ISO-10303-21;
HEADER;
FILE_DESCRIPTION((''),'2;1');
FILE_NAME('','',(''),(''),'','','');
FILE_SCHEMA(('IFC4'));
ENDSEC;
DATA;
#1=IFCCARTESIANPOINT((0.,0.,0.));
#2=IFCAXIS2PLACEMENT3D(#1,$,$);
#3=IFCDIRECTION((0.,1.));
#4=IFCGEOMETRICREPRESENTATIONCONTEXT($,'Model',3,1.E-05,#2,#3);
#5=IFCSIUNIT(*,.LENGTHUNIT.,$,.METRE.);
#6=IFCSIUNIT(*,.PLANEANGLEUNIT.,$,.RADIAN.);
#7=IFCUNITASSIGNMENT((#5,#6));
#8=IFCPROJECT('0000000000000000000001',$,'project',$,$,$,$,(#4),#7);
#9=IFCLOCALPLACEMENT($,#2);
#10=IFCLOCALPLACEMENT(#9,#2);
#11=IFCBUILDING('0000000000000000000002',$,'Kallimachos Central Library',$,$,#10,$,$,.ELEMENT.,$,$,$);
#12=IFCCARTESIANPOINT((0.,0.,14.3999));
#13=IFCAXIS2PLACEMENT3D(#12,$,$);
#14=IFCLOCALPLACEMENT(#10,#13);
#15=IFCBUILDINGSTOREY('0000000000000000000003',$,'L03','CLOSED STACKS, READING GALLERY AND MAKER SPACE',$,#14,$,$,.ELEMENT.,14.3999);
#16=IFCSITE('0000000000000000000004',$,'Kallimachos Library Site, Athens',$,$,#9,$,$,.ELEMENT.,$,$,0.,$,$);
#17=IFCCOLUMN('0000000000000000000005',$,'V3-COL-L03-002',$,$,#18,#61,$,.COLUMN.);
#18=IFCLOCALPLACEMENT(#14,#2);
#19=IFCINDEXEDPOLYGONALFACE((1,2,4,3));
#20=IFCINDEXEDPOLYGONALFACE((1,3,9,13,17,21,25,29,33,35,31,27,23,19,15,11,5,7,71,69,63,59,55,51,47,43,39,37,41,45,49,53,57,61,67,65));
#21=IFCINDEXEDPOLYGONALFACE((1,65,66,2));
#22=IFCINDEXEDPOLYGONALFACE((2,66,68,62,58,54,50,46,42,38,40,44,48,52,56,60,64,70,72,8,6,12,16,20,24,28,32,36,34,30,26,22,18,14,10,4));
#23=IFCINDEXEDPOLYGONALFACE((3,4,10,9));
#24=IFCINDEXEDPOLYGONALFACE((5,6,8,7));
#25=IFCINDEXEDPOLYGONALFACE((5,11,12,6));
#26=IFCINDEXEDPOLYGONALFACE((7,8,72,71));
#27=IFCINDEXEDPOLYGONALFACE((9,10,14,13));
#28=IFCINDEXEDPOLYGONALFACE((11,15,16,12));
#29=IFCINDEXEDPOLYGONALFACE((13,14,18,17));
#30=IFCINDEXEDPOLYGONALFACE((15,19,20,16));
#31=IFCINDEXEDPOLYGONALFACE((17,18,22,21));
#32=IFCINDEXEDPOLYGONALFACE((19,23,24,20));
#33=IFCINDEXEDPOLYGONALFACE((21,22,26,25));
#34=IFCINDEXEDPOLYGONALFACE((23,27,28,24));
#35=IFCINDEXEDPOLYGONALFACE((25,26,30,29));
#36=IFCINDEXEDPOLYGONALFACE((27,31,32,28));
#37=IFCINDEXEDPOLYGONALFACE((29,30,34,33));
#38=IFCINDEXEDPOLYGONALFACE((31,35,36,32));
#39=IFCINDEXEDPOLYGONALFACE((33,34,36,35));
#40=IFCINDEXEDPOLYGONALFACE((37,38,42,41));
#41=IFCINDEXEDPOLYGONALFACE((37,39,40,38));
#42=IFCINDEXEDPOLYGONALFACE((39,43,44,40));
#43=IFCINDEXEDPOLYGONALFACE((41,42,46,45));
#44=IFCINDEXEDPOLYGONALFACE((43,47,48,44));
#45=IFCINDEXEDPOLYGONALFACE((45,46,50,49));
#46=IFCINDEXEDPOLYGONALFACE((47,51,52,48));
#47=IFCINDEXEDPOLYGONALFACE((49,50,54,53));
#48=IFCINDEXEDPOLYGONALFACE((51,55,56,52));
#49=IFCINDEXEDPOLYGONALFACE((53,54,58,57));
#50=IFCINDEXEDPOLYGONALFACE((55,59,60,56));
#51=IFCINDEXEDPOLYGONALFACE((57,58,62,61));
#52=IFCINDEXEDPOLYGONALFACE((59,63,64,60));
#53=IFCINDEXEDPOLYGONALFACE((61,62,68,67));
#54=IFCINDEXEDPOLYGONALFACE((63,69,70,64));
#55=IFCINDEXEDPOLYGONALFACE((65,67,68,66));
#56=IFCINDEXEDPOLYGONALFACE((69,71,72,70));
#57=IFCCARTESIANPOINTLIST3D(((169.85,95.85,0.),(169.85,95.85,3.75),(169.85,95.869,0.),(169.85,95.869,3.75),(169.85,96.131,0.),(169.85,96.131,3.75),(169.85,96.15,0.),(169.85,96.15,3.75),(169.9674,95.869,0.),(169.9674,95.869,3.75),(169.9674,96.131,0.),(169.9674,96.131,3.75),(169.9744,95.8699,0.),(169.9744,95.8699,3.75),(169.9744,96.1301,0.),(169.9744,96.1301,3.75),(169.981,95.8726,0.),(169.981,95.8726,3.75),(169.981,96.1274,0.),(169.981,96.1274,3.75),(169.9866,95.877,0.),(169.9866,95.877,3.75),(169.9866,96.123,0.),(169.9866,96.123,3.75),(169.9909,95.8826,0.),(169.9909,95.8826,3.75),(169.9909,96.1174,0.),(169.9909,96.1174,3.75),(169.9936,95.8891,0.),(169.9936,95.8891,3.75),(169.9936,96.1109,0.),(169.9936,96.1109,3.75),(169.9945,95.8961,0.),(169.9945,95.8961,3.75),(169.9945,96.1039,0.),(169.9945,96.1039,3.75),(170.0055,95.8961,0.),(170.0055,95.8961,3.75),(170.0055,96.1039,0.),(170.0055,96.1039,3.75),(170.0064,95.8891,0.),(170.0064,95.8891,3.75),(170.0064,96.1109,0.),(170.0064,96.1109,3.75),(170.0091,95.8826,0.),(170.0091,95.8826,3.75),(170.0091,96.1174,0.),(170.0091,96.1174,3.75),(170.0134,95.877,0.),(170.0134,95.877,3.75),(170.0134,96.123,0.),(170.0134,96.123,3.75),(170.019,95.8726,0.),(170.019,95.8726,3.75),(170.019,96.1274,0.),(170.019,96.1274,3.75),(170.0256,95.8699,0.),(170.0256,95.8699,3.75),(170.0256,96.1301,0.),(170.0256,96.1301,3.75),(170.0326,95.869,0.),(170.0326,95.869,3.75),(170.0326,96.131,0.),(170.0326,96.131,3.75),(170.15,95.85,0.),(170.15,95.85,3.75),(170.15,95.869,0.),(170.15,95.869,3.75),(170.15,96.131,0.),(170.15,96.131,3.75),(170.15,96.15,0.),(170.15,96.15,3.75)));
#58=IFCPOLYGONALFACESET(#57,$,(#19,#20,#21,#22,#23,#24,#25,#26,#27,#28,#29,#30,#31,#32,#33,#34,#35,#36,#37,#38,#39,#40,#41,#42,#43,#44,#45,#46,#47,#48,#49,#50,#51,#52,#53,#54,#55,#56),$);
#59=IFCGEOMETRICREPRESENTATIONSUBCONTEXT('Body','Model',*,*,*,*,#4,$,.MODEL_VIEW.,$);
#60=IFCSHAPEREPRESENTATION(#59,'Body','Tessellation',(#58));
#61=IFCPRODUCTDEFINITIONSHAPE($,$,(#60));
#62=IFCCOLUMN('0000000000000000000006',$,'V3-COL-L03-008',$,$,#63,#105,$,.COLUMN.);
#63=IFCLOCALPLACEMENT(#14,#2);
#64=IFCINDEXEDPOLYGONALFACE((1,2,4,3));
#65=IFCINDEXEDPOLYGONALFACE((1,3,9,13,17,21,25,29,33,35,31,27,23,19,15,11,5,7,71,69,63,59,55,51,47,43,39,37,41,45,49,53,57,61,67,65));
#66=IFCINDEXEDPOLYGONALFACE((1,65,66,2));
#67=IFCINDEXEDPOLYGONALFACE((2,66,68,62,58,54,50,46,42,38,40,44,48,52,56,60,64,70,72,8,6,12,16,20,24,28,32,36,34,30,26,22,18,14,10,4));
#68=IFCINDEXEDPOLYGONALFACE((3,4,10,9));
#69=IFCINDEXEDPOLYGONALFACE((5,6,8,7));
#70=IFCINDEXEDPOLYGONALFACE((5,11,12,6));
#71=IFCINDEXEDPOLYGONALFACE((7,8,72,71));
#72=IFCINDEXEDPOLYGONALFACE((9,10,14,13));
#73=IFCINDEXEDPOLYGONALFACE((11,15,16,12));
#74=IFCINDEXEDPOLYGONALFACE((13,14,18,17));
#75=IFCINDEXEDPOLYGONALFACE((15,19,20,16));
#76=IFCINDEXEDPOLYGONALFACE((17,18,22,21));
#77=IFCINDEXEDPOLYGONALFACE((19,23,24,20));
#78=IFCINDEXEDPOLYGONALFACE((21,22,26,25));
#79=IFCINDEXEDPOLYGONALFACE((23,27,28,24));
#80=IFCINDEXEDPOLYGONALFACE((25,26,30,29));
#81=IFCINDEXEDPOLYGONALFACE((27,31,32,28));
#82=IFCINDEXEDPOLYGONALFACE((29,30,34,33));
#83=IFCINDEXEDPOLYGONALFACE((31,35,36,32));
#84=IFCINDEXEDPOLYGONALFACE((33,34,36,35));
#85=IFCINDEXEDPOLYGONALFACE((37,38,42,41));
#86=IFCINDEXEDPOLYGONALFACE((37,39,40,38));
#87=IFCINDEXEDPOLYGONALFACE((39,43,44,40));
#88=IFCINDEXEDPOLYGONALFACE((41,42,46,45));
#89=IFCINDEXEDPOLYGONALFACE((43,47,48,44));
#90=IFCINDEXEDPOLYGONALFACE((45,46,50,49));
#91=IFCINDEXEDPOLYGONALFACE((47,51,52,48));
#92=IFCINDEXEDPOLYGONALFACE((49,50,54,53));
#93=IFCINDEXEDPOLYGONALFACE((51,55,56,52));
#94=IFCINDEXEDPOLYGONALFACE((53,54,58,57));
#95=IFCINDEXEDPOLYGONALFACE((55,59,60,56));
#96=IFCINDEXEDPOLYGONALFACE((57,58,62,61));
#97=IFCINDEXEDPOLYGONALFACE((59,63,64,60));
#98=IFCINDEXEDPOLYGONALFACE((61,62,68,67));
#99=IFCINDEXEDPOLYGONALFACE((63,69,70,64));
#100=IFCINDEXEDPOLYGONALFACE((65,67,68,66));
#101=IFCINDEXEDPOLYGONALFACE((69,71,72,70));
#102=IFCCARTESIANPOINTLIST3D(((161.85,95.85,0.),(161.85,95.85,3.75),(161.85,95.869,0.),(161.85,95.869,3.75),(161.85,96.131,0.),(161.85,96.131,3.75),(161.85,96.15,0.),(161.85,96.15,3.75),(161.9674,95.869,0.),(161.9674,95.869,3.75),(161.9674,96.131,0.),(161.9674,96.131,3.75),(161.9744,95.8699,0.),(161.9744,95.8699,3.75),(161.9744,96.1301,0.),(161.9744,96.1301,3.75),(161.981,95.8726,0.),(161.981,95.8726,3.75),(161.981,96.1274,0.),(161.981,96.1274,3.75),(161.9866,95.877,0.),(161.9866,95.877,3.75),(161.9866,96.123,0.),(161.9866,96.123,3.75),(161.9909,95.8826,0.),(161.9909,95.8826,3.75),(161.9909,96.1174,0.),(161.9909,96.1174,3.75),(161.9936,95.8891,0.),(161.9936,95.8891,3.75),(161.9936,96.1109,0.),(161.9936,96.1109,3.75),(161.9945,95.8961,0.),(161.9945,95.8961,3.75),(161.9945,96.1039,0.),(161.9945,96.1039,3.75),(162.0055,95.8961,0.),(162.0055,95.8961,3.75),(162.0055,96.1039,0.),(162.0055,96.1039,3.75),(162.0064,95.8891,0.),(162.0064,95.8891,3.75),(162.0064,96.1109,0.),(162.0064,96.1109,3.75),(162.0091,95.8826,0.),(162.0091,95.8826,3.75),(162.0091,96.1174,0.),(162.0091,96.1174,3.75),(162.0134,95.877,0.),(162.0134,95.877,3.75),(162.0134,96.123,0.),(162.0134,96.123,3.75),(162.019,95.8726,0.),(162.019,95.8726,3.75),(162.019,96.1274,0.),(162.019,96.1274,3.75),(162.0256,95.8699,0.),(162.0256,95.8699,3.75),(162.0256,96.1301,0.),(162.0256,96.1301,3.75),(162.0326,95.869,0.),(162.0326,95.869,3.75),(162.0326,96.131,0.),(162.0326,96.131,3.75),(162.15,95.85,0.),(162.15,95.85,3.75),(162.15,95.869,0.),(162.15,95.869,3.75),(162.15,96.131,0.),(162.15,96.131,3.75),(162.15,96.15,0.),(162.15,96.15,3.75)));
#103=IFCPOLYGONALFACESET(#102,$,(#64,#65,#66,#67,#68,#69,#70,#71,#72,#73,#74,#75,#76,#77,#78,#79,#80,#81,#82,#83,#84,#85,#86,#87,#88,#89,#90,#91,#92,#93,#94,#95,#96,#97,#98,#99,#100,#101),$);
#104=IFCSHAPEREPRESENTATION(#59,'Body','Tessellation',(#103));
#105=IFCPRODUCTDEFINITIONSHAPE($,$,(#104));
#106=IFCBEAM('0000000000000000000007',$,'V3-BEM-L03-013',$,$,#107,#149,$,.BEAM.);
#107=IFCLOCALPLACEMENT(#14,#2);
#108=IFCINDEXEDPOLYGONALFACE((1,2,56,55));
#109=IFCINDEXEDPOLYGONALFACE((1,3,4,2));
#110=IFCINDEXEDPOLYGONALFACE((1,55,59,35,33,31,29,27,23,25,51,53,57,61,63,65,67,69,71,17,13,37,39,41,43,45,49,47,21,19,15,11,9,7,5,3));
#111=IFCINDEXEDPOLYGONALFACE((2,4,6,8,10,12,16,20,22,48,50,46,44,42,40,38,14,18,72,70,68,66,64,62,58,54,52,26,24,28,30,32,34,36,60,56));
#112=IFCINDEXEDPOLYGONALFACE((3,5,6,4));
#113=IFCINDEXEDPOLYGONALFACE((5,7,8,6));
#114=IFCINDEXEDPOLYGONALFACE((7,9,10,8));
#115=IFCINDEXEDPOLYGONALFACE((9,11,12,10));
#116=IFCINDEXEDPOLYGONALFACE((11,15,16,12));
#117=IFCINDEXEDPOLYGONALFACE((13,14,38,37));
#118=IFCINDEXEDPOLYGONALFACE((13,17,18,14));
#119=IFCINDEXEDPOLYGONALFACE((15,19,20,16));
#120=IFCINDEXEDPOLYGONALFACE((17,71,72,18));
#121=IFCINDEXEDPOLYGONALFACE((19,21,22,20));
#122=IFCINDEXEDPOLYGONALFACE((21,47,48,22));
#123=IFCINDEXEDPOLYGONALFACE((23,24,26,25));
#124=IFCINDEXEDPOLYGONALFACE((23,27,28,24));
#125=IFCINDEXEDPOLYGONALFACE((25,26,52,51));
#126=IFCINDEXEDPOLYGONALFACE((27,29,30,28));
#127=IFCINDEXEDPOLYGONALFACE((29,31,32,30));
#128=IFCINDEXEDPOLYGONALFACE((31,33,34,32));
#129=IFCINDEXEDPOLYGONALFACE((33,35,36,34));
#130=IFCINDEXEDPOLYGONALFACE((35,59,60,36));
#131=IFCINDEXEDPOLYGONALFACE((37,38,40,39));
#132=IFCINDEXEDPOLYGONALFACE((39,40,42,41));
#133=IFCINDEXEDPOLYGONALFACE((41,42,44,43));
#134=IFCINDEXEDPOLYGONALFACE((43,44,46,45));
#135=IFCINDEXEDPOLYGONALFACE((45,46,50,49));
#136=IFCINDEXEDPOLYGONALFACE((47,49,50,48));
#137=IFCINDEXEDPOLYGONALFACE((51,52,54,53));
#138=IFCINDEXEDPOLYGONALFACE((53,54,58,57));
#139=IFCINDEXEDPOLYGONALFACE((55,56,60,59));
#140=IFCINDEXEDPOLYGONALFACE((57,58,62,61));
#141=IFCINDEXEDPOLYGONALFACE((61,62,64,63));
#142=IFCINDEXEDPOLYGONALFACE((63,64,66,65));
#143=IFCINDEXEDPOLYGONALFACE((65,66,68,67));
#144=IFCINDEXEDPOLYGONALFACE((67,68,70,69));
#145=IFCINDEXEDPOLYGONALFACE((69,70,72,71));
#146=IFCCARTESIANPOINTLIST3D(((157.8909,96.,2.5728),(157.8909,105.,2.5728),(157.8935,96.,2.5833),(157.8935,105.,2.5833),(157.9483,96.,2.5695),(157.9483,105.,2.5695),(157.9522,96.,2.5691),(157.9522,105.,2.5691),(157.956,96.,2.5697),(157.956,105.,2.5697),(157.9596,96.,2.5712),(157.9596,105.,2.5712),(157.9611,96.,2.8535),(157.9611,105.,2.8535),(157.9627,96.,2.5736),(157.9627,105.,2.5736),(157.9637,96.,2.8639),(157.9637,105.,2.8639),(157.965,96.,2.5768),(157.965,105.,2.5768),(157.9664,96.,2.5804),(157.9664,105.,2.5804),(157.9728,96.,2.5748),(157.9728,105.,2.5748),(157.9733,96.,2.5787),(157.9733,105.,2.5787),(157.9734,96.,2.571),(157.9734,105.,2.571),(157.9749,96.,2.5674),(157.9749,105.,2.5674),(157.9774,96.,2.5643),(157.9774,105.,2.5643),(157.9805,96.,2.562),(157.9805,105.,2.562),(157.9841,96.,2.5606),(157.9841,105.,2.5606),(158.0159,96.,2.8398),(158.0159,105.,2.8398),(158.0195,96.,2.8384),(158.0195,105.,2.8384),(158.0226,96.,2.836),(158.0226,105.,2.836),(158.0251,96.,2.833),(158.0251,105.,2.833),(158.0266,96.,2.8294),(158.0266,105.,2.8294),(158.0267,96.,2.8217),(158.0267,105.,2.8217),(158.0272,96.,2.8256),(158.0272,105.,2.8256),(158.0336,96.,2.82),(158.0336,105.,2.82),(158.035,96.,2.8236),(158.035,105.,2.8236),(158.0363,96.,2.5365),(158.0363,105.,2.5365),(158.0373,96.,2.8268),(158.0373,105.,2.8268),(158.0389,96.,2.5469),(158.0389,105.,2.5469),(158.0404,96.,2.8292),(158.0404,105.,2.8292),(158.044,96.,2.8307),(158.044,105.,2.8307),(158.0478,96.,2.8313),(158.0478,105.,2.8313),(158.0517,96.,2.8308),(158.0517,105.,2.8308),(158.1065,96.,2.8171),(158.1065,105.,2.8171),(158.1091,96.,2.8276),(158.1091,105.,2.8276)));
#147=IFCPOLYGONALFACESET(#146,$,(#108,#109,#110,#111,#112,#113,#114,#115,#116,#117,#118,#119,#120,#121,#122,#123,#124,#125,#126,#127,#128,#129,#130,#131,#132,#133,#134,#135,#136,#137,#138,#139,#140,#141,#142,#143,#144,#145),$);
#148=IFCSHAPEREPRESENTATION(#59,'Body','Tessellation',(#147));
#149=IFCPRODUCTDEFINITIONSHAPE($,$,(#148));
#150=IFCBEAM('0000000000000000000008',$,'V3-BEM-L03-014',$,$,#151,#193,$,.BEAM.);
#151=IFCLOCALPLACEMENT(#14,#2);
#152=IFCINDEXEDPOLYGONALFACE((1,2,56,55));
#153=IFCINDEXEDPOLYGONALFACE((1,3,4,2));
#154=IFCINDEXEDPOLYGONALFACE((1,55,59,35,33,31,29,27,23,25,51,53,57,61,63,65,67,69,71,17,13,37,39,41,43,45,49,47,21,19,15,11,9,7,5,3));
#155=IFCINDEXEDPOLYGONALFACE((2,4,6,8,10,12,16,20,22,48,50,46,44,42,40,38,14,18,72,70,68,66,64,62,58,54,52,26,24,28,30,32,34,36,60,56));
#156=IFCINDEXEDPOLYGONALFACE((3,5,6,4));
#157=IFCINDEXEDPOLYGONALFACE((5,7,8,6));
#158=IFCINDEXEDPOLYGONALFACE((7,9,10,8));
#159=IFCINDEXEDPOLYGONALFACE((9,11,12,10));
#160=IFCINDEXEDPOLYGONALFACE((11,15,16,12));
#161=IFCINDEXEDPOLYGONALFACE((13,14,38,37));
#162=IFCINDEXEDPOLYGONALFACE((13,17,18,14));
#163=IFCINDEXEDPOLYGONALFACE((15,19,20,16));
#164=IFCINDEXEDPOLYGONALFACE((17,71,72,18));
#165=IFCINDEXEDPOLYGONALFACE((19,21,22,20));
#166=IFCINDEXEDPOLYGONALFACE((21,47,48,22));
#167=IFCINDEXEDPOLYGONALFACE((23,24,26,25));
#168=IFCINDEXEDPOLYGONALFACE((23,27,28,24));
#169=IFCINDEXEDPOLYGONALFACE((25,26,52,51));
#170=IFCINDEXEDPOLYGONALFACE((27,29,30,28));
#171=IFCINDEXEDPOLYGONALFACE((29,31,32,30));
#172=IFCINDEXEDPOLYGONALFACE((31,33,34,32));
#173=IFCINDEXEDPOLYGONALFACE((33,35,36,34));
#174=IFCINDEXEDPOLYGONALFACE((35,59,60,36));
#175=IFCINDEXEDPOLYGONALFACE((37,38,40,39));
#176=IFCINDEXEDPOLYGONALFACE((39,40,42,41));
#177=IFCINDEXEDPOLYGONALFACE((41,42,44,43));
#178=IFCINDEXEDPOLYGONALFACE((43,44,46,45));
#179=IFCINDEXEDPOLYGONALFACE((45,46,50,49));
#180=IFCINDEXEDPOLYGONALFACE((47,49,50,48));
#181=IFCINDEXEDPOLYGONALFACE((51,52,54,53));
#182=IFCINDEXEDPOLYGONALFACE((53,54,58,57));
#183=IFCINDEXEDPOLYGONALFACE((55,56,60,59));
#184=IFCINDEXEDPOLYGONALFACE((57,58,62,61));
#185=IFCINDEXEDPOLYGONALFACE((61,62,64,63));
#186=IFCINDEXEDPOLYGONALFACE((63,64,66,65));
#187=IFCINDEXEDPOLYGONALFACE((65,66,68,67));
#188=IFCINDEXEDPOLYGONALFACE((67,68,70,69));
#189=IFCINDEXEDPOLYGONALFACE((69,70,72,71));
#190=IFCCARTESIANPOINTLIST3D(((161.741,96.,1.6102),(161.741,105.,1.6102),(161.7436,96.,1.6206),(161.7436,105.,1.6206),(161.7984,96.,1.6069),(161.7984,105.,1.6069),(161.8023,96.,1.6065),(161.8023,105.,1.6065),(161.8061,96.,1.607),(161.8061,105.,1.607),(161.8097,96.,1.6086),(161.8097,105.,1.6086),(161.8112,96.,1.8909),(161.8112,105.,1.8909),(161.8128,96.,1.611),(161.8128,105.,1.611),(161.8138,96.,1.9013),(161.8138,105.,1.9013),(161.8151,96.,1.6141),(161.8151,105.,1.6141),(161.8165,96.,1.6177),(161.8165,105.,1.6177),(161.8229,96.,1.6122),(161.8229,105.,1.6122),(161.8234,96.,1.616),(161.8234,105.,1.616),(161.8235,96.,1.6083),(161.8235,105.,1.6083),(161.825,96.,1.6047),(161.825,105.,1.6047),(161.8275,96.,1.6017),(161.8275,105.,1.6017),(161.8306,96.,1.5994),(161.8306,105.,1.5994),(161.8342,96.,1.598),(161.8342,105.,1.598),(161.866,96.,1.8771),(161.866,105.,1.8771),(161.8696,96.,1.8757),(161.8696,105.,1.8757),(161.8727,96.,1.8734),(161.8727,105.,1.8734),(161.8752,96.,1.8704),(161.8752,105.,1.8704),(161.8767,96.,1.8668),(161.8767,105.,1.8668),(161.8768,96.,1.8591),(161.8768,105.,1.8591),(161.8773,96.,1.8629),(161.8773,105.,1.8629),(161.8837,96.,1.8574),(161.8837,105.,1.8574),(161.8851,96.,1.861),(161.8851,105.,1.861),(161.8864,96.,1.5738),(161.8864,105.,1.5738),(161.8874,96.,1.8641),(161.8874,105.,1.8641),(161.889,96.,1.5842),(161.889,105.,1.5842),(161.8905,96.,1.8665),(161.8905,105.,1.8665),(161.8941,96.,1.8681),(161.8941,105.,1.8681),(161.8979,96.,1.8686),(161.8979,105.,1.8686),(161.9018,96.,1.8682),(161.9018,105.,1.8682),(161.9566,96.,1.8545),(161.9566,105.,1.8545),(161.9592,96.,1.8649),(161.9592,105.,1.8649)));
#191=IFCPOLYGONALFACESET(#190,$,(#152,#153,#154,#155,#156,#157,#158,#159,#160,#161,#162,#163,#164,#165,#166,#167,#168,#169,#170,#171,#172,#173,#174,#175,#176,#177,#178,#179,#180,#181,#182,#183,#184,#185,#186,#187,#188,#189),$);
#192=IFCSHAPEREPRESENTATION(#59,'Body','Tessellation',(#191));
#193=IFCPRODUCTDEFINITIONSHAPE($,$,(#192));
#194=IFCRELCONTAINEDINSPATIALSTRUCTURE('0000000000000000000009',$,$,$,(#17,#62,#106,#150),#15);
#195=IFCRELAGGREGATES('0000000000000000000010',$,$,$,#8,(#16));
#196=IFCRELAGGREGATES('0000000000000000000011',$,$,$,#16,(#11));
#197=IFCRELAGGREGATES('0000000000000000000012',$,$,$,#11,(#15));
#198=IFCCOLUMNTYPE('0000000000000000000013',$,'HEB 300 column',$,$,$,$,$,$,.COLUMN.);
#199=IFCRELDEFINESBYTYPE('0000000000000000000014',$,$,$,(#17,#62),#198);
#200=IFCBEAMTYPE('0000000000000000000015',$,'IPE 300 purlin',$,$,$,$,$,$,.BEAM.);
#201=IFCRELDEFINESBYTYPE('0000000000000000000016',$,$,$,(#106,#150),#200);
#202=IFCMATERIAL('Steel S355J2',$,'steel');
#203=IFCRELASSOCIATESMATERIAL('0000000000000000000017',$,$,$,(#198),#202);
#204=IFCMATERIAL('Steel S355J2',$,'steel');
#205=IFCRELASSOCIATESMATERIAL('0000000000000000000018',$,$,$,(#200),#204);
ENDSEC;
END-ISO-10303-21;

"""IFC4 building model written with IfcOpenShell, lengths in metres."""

from ifc_helpers import new_model, si_unit, direction, frame, origin, origin_2d, place, context, subcontext, project, spatial, i_section, extrude, material, material_profile, profile_set, type_object, element, save


model = new_model("IFC4")

# Units and contexts
model_context = context("Model", 3, precision=1e-05, world=origin(), true_north=direction((0.0, 1.0)))
body_context = subcontext(model_context, "Body", "Model", "MODEL_VIEW")
ifc_project = project(units=[si_unit("LENGTHUNIT", "METRE"), si_unit("PLANEANGLEUNIT", "RADIAN")], contexts=[model_context])

# Site, building, storey
site_placement = place(None, origin())
site = spatial("IfcSite", under=ifc_project, at=site_placement, Name="Kallimachos Library Site, Athens", CompositionType="ELEMENT", RefElevation=0.0)
building_placement = place(site_placement, origin())
building = spatial("IfcBuilding", under=site, at=building_placement, Name="Kallimachos Central Library", CompositionType="ELEMENT")
storey_placement = place(building_placement, frame((0.0, 0.0, 14.3999)))
storey = spatial("IfcBuildingStorey", under=building, at=storey_placement, Name="L03", Description="CLOSED STACKS, READING GALLERY AND MAKER SPACE", CompositionType="ELEMENT", Elevation=14.3999)

# Columns
ifc_material_1 = material(Name="Steel S355J2", Category="steel")
ifc_material_profile_1 = material_profile(ifc_material_1, i_section(OverallWidth=0.3, OverallDepth=0.3, WebThickness=0.011, FlangeThickness=0.019, FilletRadius=0.0271, at=origin_2d()), Name="HEB 300")
ifc_profile_set_1 = profile_set([ifc_material_profile_1], Name="Steel S355J2")
column_type = type_object("IfcColumnType", Name="HEB 300 column", PredefinedType="COLUMN", material=ifc_profile_set_1)
for number, where, z_axis, x_axis, name in (
    (1, (170.0, 96.0, 0.0), (0.0, 0.0, 1.0), (1.0, 0.0, 0.0), "V3-COL-L03-002"),
    (2, (162.0, 96.0, 0.0), (0.0, 0.0, 1.0), (1.0, 0.0, 0.0), "V3-COL-L03-008"),
):
    element("IfcColumn", number, at=place(storey_placement, frame(where, z_axis=z_axis, x_axis=x_axis)), inside=storey, type_object=column_type, Name=name, PredefinedType="COLUMN", context=body_context, shape_type="SweptSolid", body=[
        extrude(i_section(OverallWidth=0.3, OverallDepth=0.3, WebThickness=0.011, FlangeThickness=0.019, FilletRadius=0.0271, at=origin_2d()), origin(), (0.0, 0.0, 1.0), 3.75),
    ])

# Beams
ifc_material_2 = material(Name="Steel S355J2", Category="steel")
ifc_material_profile_2 = material_profile(ifc_material_2, i_section(OverallWidth=0.1499, OverallDepth=0.3, WebThickness=0.0071, FlangeThickness=0.0107, FilletRadius=0.0149, at=origin_2d()), Name="IPE 300")
ifc_profile_set_2 = profile_set([ifc_material_profile_2], Name="Steel S355J2")
beam_type = type_object("IfcBeamType", Name="IPE 300 purlin", PredefinedType="BEAM", material=ifc_profile_set_2)
for number, where, z_axis, x_axis, name in (
    (3, (158.0, 96.0, 2.7002), (0.0, 1.0, 0.0), (-0.970143, 0.0, 0.242536), "V3-BEM-L03-013"),
    (4, (161.8501, 96.0, 1.7375), (0.0, 1.0, 0.0), (-0.970143, 0.0, 0.242536), "V3-BEM-L03-014"),
):
    element("IfcBeam", number, at=place(storey_placement, frame(where, z_axis=z_axis, x_axis=x_axis)), inside=storey, type_object=beam_type, Name=name, PredefinedType="BEAM", context=body_context, shape_type="SweptSolid", body=[
        extrude(i_section(OverallWidth=0.1499, OverallDepth=0.3, WebThickness=0.0071, FlangeThickness=0.0107, FilletRadius=0.0149, at=origin_2d()), origin(), (0.0, 0.0, 1.0), 9.0),
    ])

save(model, "model.ifc")
